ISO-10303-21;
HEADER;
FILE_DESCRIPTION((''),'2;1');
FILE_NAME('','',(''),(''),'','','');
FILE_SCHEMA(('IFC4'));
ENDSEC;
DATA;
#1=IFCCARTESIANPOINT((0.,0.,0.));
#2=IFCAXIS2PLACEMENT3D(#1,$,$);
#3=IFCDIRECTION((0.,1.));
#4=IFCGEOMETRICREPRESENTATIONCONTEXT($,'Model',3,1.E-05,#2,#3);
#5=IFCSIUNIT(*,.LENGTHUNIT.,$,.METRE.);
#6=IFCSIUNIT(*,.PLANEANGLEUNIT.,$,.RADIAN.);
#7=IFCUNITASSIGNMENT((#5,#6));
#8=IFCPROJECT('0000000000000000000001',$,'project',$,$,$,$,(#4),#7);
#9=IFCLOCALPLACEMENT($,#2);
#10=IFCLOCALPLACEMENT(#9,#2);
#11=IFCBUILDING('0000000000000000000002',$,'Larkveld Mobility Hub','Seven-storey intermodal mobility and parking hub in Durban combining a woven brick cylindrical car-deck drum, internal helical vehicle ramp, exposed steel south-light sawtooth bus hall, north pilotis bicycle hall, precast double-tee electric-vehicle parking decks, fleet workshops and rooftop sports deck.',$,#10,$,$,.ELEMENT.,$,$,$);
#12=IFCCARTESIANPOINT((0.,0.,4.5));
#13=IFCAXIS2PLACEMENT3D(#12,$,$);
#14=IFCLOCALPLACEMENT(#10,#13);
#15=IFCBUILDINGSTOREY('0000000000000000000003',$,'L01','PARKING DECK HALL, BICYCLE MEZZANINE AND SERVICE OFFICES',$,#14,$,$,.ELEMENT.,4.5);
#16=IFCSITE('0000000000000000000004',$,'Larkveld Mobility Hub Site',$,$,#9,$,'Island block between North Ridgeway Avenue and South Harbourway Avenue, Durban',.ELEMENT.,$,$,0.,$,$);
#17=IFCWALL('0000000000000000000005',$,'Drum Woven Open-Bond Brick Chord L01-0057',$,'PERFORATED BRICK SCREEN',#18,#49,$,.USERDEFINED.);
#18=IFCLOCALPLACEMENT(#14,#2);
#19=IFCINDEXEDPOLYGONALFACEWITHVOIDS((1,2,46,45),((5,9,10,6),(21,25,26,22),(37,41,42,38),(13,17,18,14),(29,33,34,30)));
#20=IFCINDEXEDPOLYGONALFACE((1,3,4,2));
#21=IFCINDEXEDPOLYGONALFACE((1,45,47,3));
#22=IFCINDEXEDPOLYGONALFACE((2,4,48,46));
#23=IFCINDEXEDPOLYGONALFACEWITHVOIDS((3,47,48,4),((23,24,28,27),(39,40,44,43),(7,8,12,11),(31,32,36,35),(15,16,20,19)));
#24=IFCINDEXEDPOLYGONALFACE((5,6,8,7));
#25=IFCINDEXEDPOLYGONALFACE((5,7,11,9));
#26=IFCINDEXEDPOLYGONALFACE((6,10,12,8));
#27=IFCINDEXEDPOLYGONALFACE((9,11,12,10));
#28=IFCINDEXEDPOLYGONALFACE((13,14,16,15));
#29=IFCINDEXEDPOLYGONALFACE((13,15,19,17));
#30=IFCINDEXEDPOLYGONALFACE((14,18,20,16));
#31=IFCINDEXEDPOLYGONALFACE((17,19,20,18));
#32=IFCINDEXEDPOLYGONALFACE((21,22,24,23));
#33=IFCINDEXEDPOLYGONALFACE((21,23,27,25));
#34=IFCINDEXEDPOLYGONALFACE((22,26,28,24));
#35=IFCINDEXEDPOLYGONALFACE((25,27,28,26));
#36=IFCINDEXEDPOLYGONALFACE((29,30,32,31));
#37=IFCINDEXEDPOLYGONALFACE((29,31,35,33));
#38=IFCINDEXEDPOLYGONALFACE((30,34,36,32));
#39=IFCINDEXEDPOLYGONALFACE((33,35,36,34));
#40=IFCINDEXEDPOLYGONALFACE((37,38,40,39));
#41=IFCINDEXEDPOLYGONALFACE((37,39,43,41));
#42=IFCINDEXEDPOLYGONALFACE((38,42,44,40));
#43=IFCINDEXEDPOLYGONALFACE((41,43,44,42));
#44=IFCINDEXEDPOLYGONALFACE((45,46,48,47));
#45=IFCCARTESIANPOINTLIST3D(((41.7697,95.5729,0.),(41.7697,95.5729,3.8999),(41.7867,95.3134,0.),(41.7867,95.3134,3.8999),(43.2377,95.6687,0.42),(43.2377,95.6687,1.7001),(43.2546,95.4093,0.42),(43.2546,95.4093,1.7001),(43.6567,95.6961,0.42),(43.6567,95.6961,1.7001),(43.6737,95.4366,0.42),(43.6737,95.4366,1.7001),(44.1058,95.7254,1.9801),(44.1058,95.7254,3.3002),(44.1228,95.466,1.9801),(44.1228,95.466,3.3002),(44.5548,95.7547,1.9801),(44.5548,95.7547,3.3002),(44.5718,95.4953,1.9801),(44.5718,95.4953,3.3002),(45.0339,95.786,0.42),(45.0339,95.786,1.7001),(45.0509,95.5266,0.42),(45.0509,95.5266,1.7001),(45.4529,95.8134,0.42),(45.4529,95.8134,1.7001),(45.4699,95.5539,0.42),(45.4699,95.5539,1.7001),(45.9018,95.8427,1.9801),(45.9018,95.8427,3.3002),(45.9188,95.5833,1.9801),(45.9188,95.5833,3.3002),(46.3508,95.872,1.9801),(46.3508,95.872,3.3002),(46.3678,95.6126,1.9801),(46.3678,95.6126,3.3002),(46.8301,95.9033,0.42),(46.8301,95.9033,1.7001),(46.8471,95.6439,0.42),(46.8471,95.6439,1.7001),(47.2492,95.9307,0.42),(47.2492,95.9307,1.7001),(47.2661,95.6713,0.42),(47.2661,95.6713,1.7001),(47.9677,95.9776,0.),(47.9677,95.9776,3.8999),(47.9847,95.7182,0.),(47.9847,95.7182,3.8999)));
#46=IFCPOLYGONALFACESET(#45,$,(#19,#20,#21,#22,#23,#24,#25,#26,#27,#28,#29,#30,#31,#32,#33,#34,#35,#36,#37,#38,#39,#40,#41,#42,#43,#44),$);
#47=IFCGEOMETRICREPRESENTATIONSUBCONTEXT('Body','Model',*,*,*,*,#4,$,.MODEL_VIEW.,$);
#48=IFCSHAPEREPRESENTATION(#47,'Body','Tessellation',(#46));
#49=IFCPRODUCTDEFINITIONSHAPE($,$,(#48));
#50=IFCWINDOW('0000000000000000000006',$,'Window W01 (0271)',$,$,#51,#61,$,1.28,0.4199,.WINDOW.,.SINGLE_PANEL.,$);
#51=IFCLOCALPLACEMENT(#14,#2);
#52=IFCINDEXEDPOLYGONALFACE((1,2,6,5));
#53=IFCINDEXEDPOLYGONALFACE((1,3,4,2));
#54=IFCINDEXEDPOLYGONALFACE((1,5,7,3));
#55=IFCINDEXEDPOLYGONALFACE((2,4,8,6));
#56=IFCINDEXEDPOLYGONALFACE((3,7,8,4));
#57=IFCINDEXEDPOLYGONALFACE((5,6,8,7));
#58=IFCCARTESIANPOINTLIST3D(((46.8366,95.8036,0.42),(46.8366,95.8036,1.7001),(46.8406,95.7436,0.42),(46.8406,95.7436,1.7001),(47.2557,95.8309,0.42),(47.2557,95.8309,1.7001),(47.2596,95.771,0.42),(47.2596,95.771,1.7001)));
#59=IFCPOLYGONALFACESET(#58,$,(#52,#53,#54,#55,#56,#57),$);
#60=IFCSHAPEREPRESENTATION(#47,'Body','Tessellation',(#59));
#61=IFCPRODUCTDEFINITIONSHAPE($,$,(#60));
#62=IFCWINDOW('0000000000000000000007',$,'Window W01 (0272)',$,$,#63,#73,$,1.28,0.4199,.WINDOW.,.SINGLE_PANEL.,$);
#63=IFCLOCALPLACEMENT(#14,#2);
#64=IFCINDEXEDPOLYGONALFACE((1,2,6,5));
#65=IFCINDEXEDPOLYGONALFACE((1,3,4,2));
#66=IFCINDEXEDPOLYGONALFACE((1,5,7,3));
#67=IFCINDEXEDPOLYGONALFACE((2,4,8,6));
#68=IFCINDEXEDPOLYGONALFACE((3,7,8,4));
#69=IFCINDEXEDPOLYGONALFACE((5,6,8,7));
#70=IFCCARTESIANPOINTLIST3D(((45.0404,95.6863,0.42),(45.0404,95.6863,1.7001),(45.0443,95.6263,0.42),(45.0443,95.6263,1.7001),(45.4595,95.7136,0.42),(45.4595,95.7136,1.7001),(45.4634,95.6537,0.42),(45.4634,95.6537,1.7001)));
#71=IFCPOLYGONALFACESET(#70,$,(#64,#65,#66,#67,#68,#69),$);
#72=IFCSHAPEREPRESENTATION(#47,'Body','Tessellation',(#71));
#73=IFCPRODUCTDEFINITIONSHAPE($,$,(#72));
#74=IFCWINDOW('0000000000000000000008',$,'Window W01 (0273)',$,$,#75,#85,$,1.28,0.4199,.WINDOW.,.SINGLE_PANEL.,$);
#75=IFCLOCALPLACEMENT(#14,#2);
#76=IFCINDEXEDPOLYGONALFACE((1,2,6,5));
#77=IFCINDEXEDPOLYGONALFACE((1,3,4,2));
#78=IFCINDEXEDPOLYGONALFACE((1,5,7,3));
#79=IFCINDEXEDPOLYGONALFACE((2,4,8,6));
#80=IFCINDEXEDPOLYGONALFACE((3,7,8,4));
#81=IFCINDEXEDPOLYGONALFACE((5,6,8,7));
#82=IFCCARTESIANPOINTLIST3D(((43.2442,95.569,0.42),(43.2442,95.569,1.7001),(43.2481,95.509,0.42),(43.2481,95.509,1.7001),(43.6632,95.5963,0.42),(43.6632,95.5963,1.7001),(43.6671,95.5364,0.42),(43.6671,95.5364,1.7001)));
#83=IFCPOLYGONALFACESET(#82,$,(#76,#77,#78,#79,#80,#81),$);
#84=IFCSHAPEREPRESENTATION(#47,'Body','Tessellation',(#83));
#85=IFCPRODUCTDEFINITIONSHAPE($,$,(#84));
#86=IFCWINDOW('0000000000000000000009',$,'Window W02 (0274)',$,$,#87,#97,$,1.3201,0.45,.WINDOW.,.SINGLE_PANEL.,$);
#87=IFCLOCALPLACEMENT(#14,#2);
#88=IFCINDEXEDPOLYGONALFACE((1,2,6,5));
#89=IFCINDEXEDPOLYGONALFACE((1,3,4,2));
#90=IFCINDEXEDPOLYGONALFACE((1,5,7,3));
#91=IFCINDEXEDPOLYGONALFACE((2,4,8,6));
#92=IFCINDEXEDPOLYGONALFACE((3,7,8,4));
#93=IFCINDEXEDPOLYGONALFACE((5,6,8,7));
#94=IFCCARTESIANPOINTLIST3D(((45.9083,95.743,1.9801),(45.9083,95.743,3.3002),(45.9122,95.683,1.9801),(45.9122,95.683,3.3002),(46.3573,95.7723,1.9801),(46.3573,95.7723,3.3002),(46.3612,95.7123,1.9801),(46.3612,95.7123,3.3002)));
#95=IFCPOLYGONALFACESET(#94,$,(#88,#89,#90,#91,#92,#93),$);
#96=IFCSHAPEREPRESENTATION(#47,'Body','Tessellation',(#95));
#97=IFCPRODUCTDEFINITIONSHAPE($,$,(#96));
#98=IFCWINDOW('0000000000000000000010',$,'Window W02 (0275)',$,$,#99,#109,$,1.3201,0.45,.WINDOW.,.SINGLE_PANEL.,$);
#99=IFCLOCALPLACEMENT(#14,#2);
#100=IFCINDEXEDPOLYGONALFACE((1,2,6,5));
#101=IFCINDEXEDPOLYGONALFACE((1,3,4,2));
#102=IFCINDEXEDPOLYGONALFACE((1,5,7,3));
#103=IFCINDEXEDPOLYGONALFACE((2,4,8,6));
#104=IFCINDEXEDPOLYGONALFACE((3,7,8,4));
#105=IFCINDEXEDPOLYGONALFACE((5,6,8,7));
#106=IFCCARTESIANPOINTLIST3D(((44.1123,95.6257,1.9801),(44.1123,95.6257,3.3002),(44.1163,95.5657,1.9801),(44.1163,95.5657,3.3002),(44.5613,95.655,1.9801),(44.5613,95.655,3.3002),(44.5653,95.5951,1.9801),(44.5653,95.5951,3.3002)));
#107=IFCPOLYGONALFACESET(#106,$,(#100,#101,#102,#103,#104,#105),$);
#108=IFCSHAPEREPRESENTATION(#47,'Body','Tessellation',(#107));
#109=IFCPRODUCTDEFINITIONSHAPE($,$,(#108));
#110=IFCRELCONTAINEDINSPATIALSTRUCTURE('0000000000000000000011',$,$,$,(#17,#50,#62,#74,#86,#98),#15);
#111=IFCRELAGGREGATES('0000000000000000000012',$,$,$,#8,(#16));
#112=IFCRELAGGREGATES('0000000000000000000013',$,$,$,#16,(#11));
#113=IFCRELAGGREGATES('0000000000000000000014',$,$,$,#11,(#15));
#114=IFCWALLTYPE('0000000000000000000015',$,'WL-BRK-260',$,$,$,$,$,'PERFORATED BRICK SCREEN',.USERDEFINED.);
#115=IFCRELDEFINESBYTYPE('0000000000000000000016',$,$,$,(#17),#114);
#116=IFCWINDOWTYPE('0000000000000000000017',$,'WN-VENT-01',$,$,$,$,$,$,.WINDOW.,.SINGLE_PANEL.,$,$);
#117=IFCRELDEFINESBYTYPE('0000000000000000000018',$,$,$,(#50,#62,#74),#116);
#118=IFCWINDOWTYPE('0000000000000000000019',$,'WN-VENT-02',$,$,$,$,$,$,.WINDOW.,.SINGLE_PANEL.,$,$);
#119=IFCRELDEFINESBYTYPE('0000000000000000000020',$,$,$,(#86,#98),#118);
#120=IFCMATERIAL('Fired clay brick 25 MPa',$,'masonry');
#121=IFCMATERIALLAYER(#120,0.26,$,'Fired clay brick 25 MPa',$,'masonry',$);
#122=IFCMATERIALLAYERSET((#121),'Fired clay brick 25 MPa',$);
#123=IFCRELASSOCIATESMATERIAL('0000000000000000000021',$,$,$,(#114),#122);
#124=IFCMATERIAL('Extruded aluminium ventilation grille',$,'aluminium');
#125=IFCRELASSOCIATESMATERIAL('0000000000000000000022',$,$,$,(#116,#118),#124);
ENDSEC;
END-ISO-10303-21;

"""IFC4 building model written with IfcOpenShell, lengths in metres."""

from ifc_helpers import new_model, si_unit, direction, frame, frame_2d, origin, place, context, subcontext, project, spatial, rectangle, extrude, material, layer, layer_set, type_object, element, fill, save


model = new_model("IFC4")

# Units and contexts
model_context = context("Model", 3, precision=1e-05, world=origin(), true_north=direction((0.0, 1.0)))
body_context = subcontext(model_context, "Body", "Model", "MODEL_VIEW")
ifc_project = project(units=[si_unit("LENGTHUNIT", "METRE"), si_unit("PLANEANGLEUNIT", "RADIAN")], contexts=[model_context])

# Site, building, storey
site_placement = place(None, origin())
site = spatial("IfcSite", under=ifc_project, at=site_placement, Name="Larkveld Mobility Hub Site", LongName="Island block between North Ridgeway Avenue and South Harbourway Avenue, Durban", CompositionType="ELEMENT", RefElevation=0.0)
building_placement = place(site_placement, origin())
building = spatial("IfcBuilding", under=site, at=building_placement, Name="Larkveld Mobility Hub", Description="Seven-storey intermodal mobility and parking hub in Durban combining a woven brick cylindrical car-deck drum, internal helical vehicle ramp, exposed steel south-light sawtooth bus hall, north pilotis bicycle hall, precast double-tee electric-vehicle parking decks, fleet workshops and rooftop sports deck.", CompositionType="ELEMENT")
storey_placement = place(building_placement, frame((0.0, 0.0, 4.5)))
storey = spatial("IfcBuildingStorey", under=building, at=storey_placement, Name="L01", Description="PARKING DECK HALL, BICYCLE MEZZANINE AND SERVICE OFFICES", CompositionType="ELEMENT", Elevation=4.5)

# Wall, openings, windows
ifc_material_1 = material(Name="Fired clay brick 25 MPa", Category="masonry")
ifc_layer_1 = layer(ifc_material_1, 0.26, Name="Fired clay brick 25 MPa", Category="masonry")
ifc_layer_set_1 = layer_set([ifc_layer_1], Name="Fired clay brick 25 MPa")
wall_type_1 = type_object("IfcWallType", Name="WL-BRK-260", ElementType="PERFORATED BRICK SCREEN", PredefinedType="USERDEFINED", material=ifc_layer_set_1)
wall_1_placement = place(storey_placement, frame((47.9761, 95.8479, 0.0), z_axis=(0.0, 0.0, 1.0), x_axis=(-0.997874, -0.06517, 0.0)))
wall_1 = element("IfcWall", 1, at=wall_1_placement, inside=storey, type_object=wall_type_1, Name="Drum Woven Open-Bond Brick Chord L01-0057", ObjectType="PERFORATED BRICK SCREEN", PredefinedType="USERDEFINED", context=body_context, shape_type="SweptSolid", body=[
    extrude(rectangle(XDim=6.2112, YDim=0.26, at=frame_2d((3.1055, 0.0))), origin(), (0.0, 0.0, 1.0), 3.8999),
])
opening_1_placement = place(wall_1_placement, frame((0.72, 0.0, 0.4199)))
opening_1 = element("IfcOpeningElement", 2, at=opening_1_placement, cuts=wall_1, PredefinedType="OPENING", context=body_context, shape_type="SweptSolid", body=[
    extrude(rectangle(XDim=0.4199, YDim=1.28, at=frame_2d((0.21, 0.6401))), frame((0.0, 0.1401, 0.0), z_axis=(0.0, -1.0, 0.0), x_axis=(1.0, 0.0, 0.0)), (0.0, 0.0, 1.0), 0.28),
])
opening_2_placement = place(wall_1_placement, frame((2.52, 0.0, 0.4199)))
opening_2 = element("IfcOpeningElement", 3, at=opening_2_placement, cuts=wall_1, PredefinedType="OPENING", context=body_context, shape_type="SweptSolid", body=[
    extrude(rectangle(XDim=0.4199, YDim=1.28, at=frame_2d((0.21, 0.6401))), frame((0.0, 0.1401, 0.0), z_axis=(0.0, -1.0, 0.0), x_axis=(1.0, 0.0, 0.0)), (0.0, 0.0, 1.0), 0.28),
])
opening_3_placement = place(wall_1_placement, frame((4.3201, 0.0, 0.4199)))
opening_3 = element("IfcOpeningElement", 4, at=opening_3_placement, cuts=wall_1, PredefinedType="OPENING", context=body_context, shape_type="SweptSolid", body=[
    extrude(rectangle(XDim=0.4199, YDim=1.28, at=frame_2d((0.21, 0.6401))), frame((0.0, 0.1401, 0.0), z_axis=(0.0, -1.0, 0.0), x_axis=(1.0, 0.0, 0.0)), (0.0, 0.0, 1.0), 0.28),
])
opening_4_placement = place(wall_1_placement, frame((1.6201, 0.0, 1.98)))
opening_4 = element("IfcOpeningElement", 5, at=opening_4_placement, cuts=wall_1, PredefinedType="OPENING", context=body_context, shape_type="SweptSolid", body=[
    extrude(rectangle(XDim=0.45, YDim=1.3201, at=frame_2d((0.2251, 0.6602))), frame((0.0, 0.1401, 0.0), z_axis=(0.0, -1.0, 0.0), x_axis=(1.0, 0.0, 0.0)), (0.0, 0.0, 1.0), 0.28),
])
opening_5_placement = place(wall_1_placement, frame((3.4199, 0.0, 1.98)))
opening_5 = element("IfcOpeningElement", 6, at=opening_5_placement, cuts=wall_1, PredefinedType="OPENING", context=body_context, shape_type="SweptSolid", body=[
    extrude(rectangle(XDim=0.45, YDim=1.3201, at=frame_2d((0.2251, 0.6602))), frame((0.0, 0.1401, 0.0), z_axis=(0.0, -1.0, 0.0), x_axis=(1.0, 0.0, 0.0)), (0.0, 0.0, 1.0), 0.28),
])
ifc_material_2 = material(Name="Extruded aluminium ventilation grille", Category="aluminium")
window_type_1 = type_object("IfcWindowType", Name="WN-VENT-01", PartitioningType="SINGLE_PANEL", PredefinedType="WINDOW", material=ifc_material_2)
window_1_placement = place(opening_1_placement, origin())
window_1 = element("IfcWindow", 7, at=window_1_placement, inside=storey, type_object=window_type_1, Name="Window W01 (0271)", OverallHeight=1.28, OverallWidth=0.4199, PartitioningType="SINGLE_PANEL", PredefinedType="WINDOW", context=body_context, shape_type="SweptSolid", body=[
    extrude(rectangle(XDim=0.4199, YDim=1.28, at=frame_2d((0.21, 0.6401))), frame((0.0, 0.03, 0.0), z_axis=(0.0, -1.0, 0.0), x_axis=(1.0, 0.0, 0.0)), (0.0, 0.0, 1.0), 0.0601),
])
fill(opening_1, window_1)
window_2_placement = place(opening_2_placement, origin())
window_2 = element("IfcWindow", 8, at=window_2_placement, inside=storey, type_object=window_type_1, Name="Window W01 (0272)", OverallHeight=1.28, OverallWidth=0.4199, PartitioningType="SINGLE_PANEL", PredefinedType="WINDOW", context=body_context, shape_type="SweptSolid", body=[
    extrude(rectangle(XDim=0.4199, YDim=1.28, at=frame_2d((0.21, 0.6401))), frame((0.0, 0.03, 0.0), z_axis=(0.0, -1.0, 0.0), x_axis=(1.0, 0.0, 0.0)), (0.0, 0.0, 1.0), 0.0601),
])
fill(opening_2, window_2)
window_3_placement = place(opening_3_placement, origin())
window_3 = element("IfcWindow", 9, at=window_3_placement, inside=storey, type_object=window_type_1, Name="Window W01 (0273)", OverallHeight=1.28, OverallWidth=0.4199, PartitioningType="SINGLE_PANEL", PredefinedType="WINDOW", context=body_context, shape_type="SweptSolid", body=[
    extrude(rectangle(XDim=0.4199, YDim=1.28, at=frame_2d((0.21, 0.6401))), frame((0.0, 0.03, 0.0), z_axis=(0.0, -1.0, 0.0), x_axis=(1.0, 0.0, 0.0)), (0.0, 0.0, 1.0), 0.0601),
])
fill(opening_3, window_3)
window_type_2 = type_object("IfcWindowType", Name="WN-VENT-02", PartitioningType="SINGLE_PANEL", PredefinedType="WINDOW", material=ifc_material_2)
window_4_placement = place(opening_4_placement, origin())
window_4 = element("IfcWindow", 10, at=window_4_placement, inside=storey, type_object=window_type_2, Name="Window W02 (0274)", OverallHeight=1.3201, OverallWidth=0.45, PartitioningType="SINGLE_PANEL", PredefinedType="WINDOW", context=body_context, shape_type="SweptSolid", body=[
    extrude(rectangle(XDim=0.45, YDim=1.3201, at=frame_2d((0.2251, 0.6602))), frame((0.0, 0.03, 0.0), z_axis=(0.0, -1.0, 0.0), x_axis=(1.0, 0.0, 0.0)), (0.0, 0.0, 1.0), 0.0601),
])
fill(opening_4, window_4)
window_5_placement = place(opening_5_placement, origin())
window_5 = element("IfcWindow", 11, at=window_5_placement, inside=storey, type_object=window_type_2, Name="Window W02 (0275)", OverallHeight=1.3201, OverallWidth=0.45, PartitioningType="SINGLE_PANEL", PredefinedType="WINDOW", context=body_context, shape_type="SweptSolid", body=[
    extrude(rectangle(XDim=0.45, YDim=1.3201, at=frame_2d((0.2251, 0.6602))), frame((0.0, 0.03, 0.0), z_axis=(0.0, -1.0, 0.0), x_axis=(1.0, 0.0, 0.0)), (0.0, 0.0, 1.0), 0.0601),
])
fill(opening_5, window_5)

save(model, "model.ifc")
